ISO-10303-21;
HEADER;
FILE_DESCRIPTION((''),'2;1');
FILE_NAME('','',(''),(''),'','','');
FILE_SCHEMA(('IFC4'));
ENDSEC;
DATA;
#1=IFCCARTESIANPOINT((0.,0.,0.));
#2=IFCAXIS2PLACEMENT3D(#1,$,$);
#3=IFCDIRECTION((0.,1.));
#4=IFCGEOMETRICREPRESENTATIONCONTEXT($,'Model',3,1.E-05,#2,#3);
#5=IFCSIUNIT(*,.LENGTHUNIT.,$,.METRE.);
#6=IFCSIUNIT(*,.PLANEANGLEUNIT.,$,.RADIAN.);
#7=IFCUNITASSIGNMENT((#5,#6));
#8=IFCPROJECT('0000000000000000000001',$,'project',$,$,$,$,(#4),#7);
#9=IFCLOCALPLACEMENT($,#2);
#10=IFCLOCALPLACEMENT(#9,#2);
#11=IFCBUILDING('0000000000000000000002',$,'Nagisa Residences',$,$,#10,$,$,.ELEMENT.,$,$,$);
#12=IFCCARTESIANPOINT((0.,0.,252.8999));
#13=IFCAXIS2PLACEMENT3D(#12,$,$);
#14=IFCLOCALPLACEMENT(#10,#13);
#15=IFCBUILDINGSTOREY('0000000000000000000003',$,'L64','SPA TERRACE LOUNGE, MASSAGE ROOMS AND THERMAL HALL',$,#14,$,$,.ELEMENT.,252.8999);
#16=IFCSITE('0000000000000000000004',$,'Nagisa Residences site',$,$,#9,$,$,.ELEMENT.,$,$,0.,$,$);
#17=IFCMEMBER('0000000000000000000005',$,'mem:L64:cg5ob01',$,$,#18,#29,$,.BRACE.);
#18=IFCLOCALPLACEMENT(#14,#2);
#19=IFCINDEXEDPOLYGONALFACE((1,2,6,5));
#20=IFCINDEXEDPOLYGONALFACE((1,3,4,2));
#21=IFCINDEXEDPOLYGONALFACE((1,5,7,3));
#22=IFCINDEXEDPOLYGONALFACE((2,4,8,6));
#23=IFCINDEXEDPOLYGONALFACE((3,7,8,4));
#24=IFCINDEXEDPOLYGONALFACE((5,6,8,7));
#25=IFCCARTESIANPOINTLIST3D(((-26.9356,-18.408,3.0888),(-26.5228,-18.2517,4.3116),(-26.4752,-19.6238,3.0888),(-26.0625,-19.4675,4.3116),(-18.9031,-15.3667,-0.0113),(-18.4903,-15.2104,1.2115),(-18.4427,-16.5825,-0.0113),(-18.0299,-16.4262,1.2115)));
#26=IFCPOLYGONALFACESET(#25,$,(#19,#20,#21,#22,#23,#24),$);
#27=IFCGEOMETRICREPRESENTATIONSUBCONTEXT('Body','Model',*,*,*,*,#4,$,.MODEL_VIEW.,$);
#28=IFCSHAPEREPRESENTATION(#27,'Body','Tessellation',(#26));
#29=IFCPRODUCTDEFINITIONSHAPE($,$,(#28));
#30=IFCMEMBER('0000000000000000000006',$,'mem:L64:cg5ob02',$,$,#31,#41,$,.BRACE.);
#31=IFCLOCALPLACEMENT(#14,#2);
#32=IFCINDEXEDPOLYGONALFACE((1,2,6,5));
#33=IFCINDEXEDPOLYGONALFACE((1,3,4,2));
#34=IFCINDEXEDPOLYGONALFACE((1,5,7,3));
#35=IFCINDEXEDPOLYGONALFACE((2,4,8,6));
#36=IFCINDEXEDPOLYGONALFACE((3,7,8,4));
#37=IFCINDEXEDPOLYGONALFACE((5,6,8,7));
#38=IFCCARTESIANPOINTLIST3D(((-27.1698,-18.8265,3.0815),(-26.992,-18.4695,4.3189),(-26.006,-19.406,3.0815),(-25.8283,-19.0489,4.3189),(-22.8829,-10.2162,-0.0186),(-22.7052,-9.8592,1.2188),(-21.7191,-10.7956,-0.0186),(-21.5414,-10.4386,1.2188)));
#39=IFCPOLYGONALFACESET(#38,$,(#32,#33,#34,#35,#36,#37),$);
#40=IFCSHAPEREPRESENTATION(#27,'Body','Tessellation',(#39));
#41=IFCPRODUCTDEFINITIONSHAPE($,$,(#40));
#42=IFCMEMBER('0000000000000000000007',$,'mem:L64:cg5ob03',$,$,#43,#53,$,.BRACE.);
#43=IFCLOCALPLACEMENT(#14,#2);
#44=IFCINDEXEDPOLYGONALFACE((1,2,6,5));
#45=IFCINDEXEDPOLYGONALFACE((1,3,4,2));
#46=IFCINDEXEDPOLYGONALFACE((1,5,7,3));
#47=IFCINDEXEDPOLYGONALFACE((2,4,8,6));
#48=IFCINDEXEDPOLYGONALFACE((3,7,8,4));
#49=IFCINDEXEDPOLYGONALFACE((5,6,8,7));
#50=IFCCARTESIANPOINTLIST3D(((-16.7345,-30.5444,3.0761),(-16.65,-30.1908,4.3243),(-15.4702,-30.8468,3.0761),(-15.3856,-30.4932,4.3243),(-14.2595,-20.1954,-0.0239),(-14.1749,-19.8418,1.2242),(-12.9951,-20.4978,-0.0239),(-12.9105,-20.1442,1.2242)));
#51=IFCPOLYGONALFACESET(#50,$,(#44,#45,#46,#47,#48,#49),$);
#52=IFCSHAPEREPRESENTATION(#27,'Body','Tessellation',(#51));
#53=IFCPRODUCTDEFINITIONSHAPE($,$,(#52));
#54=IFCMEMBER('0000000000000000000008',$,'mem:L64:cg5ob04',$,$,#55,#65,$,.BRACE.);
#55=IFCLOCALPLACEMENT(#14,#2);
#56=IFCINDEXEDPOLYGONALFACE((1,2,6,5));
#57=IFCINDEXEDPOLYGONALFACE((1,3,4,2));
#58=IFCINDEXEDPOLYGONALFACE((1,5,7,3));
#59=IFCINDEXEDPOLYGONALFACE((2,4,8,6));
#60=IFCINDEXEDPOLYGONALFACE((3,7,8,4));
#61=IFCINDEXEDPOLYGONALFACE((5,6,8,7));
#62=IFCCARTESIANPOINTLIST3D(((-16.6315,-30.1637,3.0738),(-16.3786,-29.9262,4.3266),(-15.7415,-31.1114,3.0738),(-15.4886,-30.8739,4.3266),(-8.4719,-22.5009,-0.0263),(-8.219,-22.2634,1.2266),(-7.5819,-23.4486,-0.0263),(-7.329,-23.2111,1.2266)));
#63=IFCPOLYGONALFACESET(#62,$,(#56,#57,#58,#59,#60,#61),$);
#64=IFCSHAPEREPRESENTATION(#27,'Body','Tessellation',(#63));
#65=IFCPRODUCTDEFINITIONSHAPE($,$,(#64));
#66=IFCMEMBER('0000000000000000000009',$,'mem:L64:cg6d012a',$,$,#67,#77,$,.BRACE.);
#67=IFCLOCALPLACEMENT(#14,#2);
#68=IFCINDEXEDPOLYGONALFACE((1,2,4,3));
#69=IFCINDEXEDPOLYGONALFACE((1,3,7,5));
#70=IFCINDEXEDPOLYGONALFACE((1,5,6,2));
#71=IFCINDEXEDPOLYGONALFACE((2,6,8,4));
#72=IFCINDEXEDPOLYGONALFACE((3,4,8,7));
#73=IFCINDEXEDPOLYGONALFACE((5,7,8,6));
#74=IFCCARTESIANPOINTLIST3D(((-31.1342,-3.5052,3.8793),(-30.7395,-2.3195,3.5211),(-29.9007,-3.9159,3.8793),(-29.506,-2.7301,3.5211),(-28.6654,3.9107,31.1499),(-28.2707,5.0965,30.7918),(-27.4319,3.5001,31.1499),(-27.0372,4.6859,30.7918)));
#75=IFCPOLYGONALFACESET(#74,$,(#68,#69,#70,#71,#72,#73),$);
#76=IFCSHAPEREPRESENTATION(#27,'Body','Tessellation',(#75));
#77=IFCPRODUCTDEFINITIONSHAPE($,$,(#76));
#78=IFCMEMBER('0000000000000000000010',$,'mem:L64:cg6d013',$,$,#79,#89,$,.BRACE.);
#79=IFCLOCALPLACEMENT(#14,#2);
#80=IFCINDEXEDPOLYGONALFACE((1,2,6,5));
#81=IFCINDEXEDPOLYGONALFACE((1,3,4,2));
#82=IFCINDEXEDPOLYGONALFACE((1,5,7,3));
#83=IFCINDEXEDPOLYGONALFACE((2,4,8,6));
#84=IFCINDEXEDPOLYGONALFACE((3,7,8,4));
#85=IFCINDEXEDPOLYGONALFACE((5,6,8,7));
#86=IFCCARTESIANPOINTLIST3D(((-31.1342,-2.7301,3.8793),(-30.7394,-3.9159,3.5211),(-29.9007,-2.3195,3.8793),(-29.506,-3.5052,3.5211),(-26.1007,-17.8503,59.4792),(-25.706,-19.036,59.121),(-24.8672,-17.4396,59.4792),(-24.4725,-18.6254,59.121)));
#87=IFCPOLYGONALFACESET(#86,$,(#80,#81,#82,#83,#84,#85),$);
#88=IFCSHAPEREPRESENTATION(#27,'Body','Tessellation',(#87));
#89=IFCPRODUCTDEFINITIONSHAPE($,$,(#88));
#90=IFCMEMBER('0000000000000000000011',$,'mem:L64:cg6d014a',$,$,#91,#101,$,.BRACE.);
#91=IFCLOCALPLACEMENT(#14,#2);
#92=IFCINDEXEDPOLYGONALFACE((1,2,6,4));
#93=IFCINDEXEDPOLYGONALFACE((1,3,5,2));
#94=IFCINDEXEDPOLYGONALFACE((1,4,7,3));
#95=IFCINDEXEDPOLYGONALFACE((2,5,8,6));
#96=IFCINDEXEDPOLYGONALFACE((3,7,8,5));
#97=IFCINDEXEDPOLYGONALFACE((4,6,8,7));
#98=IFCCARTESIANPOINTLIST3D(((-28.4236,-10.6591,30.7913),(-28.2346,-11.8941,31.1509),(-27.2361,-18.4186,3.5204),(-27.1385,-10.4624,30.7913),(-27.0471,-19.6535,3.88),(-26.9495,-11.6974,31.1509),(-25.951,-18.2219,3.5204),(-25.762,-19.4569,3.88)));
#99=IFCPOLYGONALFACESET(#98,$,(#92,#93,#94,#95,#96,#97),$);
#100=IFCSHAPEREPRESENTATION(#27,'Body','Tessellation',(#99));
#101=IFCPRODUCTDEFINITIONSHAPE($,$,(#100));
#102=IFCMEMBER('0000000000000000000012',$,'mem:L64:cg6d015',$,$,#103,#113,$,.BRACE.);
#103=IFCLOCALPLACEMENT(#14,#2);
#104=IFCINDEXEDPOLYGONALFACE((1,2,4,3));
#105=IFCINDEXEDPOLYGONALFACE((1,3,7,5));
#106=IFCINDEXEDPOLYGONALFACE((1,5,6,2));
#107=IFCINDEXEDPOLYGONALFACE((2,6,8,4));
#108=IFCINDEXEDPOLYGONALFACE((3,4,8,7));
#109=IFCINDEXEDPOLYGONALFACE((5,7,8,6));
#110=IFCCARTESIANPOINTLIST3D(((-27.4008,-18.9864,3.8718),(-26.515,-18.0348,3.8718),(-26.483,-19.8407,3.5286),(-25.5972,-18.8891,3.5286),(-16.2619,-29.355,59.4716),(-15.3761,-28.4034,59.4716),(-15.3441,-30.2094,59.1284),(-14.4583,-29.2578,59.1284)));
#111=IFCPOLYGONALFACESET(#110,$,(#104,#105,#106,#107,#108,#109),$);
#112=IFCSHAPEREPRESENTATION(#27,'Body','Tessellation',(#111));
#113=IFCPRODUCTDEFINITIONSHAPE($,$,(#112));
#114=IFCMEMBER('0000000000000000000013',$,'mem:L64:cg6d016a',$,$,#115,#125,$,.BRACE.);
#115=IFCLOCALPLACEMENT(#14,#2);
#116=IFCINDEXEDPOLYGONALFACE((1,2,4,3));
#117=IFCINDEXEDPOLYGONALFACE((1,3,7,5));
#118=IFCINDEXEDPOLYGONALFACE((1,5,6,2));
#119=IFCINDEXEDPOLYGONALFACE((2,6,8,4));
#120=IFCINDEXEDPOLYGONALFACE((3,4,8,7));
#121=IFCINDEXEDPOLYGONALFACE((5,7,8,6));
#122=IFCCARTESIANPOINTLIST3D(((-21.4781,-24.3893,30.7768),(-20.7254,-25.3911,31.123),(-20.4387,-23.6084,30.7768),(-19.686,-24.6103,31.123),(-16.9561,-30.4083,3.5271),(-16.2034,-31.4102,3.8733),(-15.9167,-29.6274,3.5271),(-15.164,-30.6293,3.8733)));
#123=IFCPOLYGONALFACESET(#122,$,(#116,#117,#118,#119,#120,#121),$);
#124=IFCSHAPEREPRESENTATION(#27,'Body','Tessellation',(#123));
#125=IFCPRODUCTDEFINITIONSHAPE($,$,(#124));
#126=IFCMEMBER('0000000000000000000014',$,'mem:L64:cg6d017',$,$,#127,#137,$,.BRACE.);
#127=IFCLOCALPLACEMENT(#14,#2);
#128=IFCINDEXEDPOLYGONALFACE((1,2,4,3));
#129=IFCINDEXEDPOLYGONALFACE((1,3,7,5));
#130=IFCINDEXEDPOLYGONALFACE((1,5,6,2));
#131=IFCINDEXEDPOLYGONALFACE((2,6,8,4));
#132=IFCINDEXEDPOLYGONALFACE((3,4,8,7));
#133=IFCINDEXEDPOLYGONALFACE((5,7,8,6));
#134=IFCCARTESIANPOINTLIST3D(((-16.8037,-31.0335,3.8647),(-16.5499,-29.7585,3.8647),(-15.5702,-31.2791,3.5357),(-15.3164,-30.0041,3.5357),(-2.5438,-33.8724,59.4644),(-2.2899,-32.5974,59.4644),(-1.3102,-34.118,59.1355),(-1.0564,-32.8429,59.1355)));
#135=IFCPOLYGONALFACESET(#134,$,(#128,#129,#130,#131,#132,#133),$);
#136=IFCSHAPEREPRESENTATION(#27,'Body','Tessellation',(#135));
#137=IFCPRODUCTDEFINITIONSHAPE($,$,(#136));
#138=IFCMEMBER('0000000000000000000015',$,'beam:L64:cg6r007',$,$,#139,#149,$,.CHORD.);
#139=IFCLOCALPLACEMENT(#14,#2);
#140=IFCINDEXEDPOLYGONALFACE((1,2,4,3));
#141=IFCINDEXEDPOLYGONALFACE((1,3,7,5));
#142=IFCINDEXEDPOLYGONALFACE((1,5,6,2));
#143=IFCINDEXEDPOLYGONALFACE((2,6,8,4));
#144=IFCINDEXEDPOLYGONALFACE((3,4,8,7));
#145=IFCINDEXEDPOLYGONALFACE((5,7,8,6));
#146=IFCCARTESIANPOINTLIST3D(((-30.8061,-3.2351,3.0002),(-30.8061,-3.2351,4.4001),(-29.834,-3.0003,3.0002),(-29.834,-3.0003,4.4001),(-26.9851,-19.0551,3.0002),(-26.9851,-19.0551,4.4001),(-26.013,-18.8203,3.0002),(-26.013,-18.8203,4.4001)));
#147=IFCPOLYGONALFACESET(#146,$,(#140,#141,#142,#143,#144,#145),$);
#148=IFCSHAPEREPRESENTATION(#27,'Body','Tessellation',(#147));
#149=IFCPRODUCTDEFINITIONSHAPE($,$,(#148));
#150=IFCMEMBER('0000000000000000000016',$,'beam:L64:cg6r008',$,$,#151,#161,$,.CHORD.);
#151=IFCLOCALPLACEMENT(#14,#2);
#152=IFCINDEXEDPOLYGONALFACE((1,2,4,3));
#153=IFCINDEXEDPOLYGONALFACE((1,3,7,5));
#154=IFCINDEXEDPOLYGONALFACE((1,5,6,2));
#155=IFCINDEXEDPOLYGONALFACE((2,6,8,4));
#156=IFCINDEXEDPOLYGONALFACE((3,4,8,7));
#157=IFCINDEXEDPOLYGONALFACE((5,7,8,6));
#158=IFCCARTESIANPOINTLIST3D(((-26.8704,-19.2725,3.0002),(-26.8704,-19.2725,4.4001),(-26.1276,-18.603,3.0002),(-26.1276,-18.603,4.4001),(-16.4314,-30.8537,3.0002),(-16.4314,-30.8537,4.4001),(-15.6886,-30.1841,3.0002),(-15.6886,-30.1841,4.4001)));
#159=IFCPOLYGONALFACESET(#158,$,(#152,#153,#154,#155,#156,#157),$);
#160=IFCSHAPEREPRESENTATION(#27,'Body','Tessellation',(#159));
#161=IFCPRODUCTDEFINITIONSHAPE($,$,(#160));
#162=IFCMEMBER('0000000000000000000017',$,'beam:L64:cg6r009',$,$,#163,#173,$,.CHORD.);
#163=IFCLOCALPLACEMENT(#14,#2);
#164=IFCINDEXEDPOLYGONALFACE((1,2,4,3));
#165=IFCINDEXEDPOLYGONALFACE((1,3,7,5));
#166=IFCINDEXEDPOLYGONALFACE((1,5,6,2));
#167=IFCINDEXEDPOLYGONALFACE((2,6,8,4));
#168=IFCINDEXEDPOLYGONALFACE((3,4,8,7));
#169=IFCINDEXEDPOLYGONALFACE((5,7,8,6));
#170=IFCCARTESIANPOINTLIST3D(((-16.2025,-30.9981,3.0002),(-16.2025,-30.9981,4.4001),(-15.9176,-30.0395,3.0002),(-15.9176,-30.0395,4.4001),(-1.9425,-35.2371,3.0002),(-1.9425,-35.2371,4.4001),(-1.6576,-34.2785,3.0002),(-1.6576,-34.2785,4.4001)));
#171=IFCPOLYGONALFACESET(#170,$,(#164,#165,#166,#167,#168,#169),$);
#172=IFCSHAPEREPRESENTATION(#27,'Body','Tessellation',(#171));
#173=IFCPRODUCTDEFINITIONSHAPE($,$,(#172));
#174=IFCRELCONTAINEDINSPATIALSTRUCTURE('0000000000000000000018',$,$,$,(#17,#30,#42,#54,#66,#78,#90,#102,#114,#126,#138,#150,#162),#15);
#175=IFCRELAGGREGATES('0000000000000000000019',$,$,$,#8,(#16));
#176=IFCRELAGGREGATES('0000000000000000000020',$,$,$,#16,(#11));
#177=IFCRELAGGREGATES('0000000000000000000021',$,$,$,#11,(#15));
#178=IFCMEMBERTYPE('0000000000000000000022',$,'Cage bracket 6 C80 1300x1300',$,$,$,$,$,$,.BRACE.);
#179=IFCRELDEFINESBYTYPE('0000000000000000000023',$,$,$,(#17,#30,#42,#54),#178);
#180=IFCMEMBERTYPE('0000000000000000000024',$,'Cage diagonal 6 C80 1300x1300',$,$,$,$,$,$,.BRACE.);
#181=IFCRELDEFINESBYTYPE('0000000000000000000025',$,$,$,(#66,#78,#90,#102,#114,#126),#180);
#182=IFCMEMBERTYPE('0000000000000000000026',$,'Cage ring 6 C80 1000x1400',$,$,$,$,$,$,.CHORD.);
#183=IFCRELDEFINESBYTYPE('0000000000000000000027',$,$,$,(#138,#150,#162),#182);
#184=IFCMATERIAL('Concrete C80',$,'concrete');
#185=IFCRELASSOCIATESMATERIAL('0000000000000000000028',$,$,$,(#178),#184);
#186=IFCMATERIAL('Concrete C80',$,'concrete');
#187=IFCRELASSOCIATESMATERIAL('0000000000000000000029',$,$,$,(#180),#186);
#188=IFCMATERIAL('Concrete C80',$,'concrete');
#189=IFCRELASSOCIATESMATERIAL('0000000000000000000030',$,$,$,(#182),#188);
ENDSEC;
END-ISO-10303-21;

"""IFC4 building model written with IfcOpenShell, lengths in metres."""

from ifc_helpers import new_model, si_unit, direction, frame, origin, origin_2d, place, context, subcontext, project, spatial, rectangle, extrude, material, material_profile, profile_set, type_object, element, save


model = new_model("IFC4")

# Units and contexts
model_context = context("Model", 3, precision=1e-05, world=origin(), true_north=direction((0.0, 1.0)))
body_context = subcontext(model_context, "Body", "Model", "MODEL_VIEW")
ifc_project = project(units=[si_unit("LENGTHUNIT", "METRE"), si_unit("PLANEANGLEUNIT", "RADIAN")], contexts=[model_context])

# Site, building, storey
site_placement = place(None, origin())
site = spatial("IfcSite", under=ifc_project, at=site_placement, Name="Nagisa Residences site", CompositionType="ELEMENT", RefElevation=0.0)
building_placement = place(site_placement, origin())
building = spatial("IfcBuilding", under=site, at=building_placement, Name="Nagisa Residences", CompositionType="ELEMENT")
storey_placement = place(building_placement, frame((0.0, 0.0, 252.8999)))
storey = spatial("IfcBuildingStorey", under=building, at=storey_placement, Name="L64", Description="SPA TERRACE LOUNGE, MASSAGE ROOMS AND THERMAL HALL", CompositionType="ELEMENT", Elevation=252.8999)

# Members
ifc_material_1 = material(Name="Concrete C80", Category="concrete")
ifc_material_profile_1 = material_profile(ifc_material_1, rectangle(XDim=1.3, YDim=1.3, at=origin_2d()), Name="C80 1300x1300")
ifc_profile_set_1 = profile_set([ifc_material_profile_1], Name="Concrete C80")
member_type_1 = type_object("IfcMemberType", Name="Cage bracket 6 C80 1300x1300", PredefinedType="BRACE", material=ifc_profile_set_1)
member_1_placement = place(storey_placement, frame((-26.499, -18.9377, 3.7002), z_axis=(0.879664, 0.333059, -0.339503), x_axis=(-0.35409, 0.935211, 0.0)))
element("IfcMember", 1, at=member_1_placement, inside=storey, type_object=member_type_1, Name="mem:L64:cg5ob01", PredefinedType="BRACE", context=body_context, shape_type="SweptSolid", body=[
    extrude(rectangle(XDim=1.3, YDim=1.3, at=origin_2d()), origin(), (0.0, 0.0, 1.0), 9.1313),
])
member_2_placement = place(storey_placement, frame((-26.499, -18.9377, 3.7002), z_axis=(0.424201, 0.852026, -0.306766), x_axis=(-0.895187, 0.44569, 0.0)))
element("IfcMember", 2, at=member_2_placement, inside=storey, type_object=member_type_1, Name="mem:L64:cg5ob02", PredefinedType="BRACE", context=body_context, shape_type="SweptSolid", body=[
    extrude(rectangle(XDim=1.3, YDim=1.3, at=origin_2d()), origin(), (0.0, 0.0, 1.0), 10.1057),
])
member_3_placement = place(storey_placement, frame((-16.0601, -30.5188, 3.7002), z_axis=(0.223316, 0.933752, -0.279707), x_axis=(-0.972572, 0.232601, 0.0)))
element("IfcMember", 3, at=member_3_placement, inside=storey, type_object=member_type_1, Name="mem:L64:cg5ob03", PredefinedType="BRACE", context=body_context, shape_type="SweptSolid", body=[
    extrude(rectangle(XDim=1.3, YDim=1.3, at=origin_2d()), origin(), (0.0, 0.0, 1.0), 11.0833),
])
member_4_placement = place(storey_placement, frame((-16.0601, -30.5188, 3.7002), z_axis=(0.702507, 0.659733, -0.266903), x_axis=(-0.684566, 0.728951, 0.0)))
element("IfcMember", 4, at=member_4_placement, inside=storey, type_object=member_type_1, Name="mem:L64:cg5ob04", PredefinedType="BRACE", context=body_context, shape_type="SweptSolid", body=[
    extrude(rectangle(XDim=1.3, YDim=1.3, at=origin_2d()), origin(), (0.0, 0.0, 1.0), 11.615),
])
ifc_material_2 = material(Name="Concrete C80", Category="concrete")
ifc_material_profile_2 = material_profile(ifc_material_2, rectangle(XDim=1.3, YDim=1.3, at=origin_2d()), Name="C80 1300x1300")
ifc_profile_set_2 = profile_set([ifc_material_profile_2], Name="Concrete C80")
member_type_2 = type_object("IfcMemberType", Name="Cage diagonal 6 C80 1300x1300", PredefinedType="BRACE", material=ifc_profile_set_2)
member_5_placement = place(storey_placement, frame((-30.3201, -3.1177, 3.7002), z_axis=(0.087024, 0.261415, 0.961296), x_axis=(-0.948808, 0.315853, 0.0)))
element("IfcMember", 5, at=member_5_placement, inside=storey, type_object=member_type_2, Name="mem:L64:cg6d012a", PredefinedType="BRACE", context=body_context, shape_type="SweptSolid", body=[
    extrude(rectangle(XDim=1.3, YDim=1.3, at=origin_2d()), origin(), (0.0, 0.0, 1.0), 28.3687),
])
member_6_placement = place(storey_placement, frame((-30.3201, -3.1177, 3.7002), z_axis=(0.087026, -0.261419, 0.961294), x_axis=(0.948807, 0.315855, 0.0)))
element("IfcMember", 6, at=member_6_placement, inside=storey, type_object=member_type_2, Name="mem:L64:cg6d013", PredefinedType="BRACE", context=body_context, shape_type="SweptSolid", body=[
    extrude(rectangle(XDim=1.3, YDim=1.3, at=origin_2d()), origin(), (0.0, 0.0, 1.0), 57.8386),
])
member_7_placement = place(storey_placement, frame((-26.499, -18.9377, 3.7002), z_axis=(-0.041845, 0.273432, 0.960981), x_axis=(-0.988491, -0.151277, 0.0)))
element("IfcMember", 7, at=member_7_placement, inside=storey, type_object=member_type_2, Name="mem:L64:cg6d014a", PredefinedType="BRACE", context=body_context, shape_type="SweptSolid", body=[
    extrude(rectangle(XDim=1.3, YDim=1.3, at=origin_2d()), origin(), (0.0, 0.0, 1.0), 28.3782),
])
member_8_placement = place(storey_placement, frame((-26.499, -18.9377, 3.7002), z_axis=(0.193234, -0.179871, 0.964524), x_axis=(0.681346, 0.731962, 0.0)))
element("IfcMember", 8, at=member_8_placement, inside=storey, type_object=member_type_2, Name="mem:L64:cg6d015", PredefinedType="BRACE", context=body_context, shape_type="SweptSolid", body=[
    extrude(rectangle(XDim=1.3, YDim=1.3, at=origin_2d()), origin(), (0.0, 0.0, 1.0), 57.6448),
])
member_9_placement = place(storey_placement, frame((-16.0601, -30.5188, 3.7002), z_axis=(-0.159953, 0.212908, 0.963891), x_axis=(-0.799509, -0.600654, 0.0)))
element("IfcMember", 9, at=member_9_placement, inside=storey, type_object=member_type_2, Name="mem:L64:cg6d016a", PredefinedType="BRACE", context=body_context, shape_type="SweptSolid", body=[
    extrude(rectangle(XDim=1.3, YDim=1.3, at=origin_2d()), origin(), (0.0, 0.0, 1.0), 28.2705),
])
member_10_placement = place(storey_placement, frame((-16.0601, -30.5188, 3.7002), z_axis=(0.248132, -0.049398, 0.967466), x_axis=(0.195247, 0.980754, 0.0)))
element("IfcMember", 10, at=member_10_placement, inside=storey, type_object=member_type_2, Name="mem:L64:cg6d017", PredefinedType="BRACE", context=body_context, shape_type="SweptSolid", body=[
    extrude(rectangle(XDim=1.3, YDim=1.3, at=origin_2d()), origin(), (0.0, 0.0, 1.0), 57.4695),
])
ifc_material_3 = material(Name="Concrete C80", Category="concrete")
ifc_material_profile_3 = material_profile(ifc_material_3, rectangle(XDim=1.0, YDim=1.3999, at=origin_2d()), Name="C80 1000x1400")
ifc_profile_set_3 = profile_set([ifc_material_profile_3], Name="Concrete C80")
member_type_3 = type_object("IfcMemberType", Name="Cage ring 6 C80 1000x1400", PredefinedType="CHORD", material=ifc_profile_set_3)
member_11_placement = place(storey_placement, frame((-30.3201, -3.1177, 3.7002), z_axis=(0.23478, -0.972048, 0.0), x_axis=(0.972048, 0.23478, 0.0)))
element("IfcMember", 11, at=member_11_placement, inside=storey, type_object=member_type_3, Name="beam:L64:cg6r007", PredefinedType="CHORD", context=body_context, shape_type="SweptSolid", body=[
    extrude(rectangle(XDim=1.0, YDim=1.3999, at=origin_2d()), origin(), (0.0, 0.0, 1.0), 16.2749),
])
member_12_placement = place(storey_placement, frame((-26.499, -18.9377, 3.7002), z_axis=(0.669532, -0.742783, 0.0), x_axis=(0.742783, 0.669532, 0.0)))
element("IfcMember", 12, at=member_12_placement, inside=storey, type_object=member_type_3, Name="beam:L64:cg6r008", PredefinedType="CHORD", context=body_context, shape_type="SweptSolid", body=[
    extrude(rectangle(XDim=1.0, YDim=1.3999, at=origin_2d()), origin(), (0.0, 0.0, 1.0), 15.5916),
])
member_13_placement = place(storey_placement, frame((-16.0601, -30.5188, 3.7002), z_axis=(0.958545, -0.284943, 0.0), x_axis=(0.284943, 0.958545, 0.0)))
element("IfcMember", 13, at=member_13_placement, inside=storey, type_object=member_type_3, Name="beam:L64:cg6r009", PredefinedType="CHORD", context=body_context, shape_type="SweptSolid", body=[
    extrude(rectangle(XDim=1.0, YDim=1.3999, at=origin_2d()), origin(), (0.0, 0.0, 1.0), 14.8767),
])

save(model, "model.ifc")
